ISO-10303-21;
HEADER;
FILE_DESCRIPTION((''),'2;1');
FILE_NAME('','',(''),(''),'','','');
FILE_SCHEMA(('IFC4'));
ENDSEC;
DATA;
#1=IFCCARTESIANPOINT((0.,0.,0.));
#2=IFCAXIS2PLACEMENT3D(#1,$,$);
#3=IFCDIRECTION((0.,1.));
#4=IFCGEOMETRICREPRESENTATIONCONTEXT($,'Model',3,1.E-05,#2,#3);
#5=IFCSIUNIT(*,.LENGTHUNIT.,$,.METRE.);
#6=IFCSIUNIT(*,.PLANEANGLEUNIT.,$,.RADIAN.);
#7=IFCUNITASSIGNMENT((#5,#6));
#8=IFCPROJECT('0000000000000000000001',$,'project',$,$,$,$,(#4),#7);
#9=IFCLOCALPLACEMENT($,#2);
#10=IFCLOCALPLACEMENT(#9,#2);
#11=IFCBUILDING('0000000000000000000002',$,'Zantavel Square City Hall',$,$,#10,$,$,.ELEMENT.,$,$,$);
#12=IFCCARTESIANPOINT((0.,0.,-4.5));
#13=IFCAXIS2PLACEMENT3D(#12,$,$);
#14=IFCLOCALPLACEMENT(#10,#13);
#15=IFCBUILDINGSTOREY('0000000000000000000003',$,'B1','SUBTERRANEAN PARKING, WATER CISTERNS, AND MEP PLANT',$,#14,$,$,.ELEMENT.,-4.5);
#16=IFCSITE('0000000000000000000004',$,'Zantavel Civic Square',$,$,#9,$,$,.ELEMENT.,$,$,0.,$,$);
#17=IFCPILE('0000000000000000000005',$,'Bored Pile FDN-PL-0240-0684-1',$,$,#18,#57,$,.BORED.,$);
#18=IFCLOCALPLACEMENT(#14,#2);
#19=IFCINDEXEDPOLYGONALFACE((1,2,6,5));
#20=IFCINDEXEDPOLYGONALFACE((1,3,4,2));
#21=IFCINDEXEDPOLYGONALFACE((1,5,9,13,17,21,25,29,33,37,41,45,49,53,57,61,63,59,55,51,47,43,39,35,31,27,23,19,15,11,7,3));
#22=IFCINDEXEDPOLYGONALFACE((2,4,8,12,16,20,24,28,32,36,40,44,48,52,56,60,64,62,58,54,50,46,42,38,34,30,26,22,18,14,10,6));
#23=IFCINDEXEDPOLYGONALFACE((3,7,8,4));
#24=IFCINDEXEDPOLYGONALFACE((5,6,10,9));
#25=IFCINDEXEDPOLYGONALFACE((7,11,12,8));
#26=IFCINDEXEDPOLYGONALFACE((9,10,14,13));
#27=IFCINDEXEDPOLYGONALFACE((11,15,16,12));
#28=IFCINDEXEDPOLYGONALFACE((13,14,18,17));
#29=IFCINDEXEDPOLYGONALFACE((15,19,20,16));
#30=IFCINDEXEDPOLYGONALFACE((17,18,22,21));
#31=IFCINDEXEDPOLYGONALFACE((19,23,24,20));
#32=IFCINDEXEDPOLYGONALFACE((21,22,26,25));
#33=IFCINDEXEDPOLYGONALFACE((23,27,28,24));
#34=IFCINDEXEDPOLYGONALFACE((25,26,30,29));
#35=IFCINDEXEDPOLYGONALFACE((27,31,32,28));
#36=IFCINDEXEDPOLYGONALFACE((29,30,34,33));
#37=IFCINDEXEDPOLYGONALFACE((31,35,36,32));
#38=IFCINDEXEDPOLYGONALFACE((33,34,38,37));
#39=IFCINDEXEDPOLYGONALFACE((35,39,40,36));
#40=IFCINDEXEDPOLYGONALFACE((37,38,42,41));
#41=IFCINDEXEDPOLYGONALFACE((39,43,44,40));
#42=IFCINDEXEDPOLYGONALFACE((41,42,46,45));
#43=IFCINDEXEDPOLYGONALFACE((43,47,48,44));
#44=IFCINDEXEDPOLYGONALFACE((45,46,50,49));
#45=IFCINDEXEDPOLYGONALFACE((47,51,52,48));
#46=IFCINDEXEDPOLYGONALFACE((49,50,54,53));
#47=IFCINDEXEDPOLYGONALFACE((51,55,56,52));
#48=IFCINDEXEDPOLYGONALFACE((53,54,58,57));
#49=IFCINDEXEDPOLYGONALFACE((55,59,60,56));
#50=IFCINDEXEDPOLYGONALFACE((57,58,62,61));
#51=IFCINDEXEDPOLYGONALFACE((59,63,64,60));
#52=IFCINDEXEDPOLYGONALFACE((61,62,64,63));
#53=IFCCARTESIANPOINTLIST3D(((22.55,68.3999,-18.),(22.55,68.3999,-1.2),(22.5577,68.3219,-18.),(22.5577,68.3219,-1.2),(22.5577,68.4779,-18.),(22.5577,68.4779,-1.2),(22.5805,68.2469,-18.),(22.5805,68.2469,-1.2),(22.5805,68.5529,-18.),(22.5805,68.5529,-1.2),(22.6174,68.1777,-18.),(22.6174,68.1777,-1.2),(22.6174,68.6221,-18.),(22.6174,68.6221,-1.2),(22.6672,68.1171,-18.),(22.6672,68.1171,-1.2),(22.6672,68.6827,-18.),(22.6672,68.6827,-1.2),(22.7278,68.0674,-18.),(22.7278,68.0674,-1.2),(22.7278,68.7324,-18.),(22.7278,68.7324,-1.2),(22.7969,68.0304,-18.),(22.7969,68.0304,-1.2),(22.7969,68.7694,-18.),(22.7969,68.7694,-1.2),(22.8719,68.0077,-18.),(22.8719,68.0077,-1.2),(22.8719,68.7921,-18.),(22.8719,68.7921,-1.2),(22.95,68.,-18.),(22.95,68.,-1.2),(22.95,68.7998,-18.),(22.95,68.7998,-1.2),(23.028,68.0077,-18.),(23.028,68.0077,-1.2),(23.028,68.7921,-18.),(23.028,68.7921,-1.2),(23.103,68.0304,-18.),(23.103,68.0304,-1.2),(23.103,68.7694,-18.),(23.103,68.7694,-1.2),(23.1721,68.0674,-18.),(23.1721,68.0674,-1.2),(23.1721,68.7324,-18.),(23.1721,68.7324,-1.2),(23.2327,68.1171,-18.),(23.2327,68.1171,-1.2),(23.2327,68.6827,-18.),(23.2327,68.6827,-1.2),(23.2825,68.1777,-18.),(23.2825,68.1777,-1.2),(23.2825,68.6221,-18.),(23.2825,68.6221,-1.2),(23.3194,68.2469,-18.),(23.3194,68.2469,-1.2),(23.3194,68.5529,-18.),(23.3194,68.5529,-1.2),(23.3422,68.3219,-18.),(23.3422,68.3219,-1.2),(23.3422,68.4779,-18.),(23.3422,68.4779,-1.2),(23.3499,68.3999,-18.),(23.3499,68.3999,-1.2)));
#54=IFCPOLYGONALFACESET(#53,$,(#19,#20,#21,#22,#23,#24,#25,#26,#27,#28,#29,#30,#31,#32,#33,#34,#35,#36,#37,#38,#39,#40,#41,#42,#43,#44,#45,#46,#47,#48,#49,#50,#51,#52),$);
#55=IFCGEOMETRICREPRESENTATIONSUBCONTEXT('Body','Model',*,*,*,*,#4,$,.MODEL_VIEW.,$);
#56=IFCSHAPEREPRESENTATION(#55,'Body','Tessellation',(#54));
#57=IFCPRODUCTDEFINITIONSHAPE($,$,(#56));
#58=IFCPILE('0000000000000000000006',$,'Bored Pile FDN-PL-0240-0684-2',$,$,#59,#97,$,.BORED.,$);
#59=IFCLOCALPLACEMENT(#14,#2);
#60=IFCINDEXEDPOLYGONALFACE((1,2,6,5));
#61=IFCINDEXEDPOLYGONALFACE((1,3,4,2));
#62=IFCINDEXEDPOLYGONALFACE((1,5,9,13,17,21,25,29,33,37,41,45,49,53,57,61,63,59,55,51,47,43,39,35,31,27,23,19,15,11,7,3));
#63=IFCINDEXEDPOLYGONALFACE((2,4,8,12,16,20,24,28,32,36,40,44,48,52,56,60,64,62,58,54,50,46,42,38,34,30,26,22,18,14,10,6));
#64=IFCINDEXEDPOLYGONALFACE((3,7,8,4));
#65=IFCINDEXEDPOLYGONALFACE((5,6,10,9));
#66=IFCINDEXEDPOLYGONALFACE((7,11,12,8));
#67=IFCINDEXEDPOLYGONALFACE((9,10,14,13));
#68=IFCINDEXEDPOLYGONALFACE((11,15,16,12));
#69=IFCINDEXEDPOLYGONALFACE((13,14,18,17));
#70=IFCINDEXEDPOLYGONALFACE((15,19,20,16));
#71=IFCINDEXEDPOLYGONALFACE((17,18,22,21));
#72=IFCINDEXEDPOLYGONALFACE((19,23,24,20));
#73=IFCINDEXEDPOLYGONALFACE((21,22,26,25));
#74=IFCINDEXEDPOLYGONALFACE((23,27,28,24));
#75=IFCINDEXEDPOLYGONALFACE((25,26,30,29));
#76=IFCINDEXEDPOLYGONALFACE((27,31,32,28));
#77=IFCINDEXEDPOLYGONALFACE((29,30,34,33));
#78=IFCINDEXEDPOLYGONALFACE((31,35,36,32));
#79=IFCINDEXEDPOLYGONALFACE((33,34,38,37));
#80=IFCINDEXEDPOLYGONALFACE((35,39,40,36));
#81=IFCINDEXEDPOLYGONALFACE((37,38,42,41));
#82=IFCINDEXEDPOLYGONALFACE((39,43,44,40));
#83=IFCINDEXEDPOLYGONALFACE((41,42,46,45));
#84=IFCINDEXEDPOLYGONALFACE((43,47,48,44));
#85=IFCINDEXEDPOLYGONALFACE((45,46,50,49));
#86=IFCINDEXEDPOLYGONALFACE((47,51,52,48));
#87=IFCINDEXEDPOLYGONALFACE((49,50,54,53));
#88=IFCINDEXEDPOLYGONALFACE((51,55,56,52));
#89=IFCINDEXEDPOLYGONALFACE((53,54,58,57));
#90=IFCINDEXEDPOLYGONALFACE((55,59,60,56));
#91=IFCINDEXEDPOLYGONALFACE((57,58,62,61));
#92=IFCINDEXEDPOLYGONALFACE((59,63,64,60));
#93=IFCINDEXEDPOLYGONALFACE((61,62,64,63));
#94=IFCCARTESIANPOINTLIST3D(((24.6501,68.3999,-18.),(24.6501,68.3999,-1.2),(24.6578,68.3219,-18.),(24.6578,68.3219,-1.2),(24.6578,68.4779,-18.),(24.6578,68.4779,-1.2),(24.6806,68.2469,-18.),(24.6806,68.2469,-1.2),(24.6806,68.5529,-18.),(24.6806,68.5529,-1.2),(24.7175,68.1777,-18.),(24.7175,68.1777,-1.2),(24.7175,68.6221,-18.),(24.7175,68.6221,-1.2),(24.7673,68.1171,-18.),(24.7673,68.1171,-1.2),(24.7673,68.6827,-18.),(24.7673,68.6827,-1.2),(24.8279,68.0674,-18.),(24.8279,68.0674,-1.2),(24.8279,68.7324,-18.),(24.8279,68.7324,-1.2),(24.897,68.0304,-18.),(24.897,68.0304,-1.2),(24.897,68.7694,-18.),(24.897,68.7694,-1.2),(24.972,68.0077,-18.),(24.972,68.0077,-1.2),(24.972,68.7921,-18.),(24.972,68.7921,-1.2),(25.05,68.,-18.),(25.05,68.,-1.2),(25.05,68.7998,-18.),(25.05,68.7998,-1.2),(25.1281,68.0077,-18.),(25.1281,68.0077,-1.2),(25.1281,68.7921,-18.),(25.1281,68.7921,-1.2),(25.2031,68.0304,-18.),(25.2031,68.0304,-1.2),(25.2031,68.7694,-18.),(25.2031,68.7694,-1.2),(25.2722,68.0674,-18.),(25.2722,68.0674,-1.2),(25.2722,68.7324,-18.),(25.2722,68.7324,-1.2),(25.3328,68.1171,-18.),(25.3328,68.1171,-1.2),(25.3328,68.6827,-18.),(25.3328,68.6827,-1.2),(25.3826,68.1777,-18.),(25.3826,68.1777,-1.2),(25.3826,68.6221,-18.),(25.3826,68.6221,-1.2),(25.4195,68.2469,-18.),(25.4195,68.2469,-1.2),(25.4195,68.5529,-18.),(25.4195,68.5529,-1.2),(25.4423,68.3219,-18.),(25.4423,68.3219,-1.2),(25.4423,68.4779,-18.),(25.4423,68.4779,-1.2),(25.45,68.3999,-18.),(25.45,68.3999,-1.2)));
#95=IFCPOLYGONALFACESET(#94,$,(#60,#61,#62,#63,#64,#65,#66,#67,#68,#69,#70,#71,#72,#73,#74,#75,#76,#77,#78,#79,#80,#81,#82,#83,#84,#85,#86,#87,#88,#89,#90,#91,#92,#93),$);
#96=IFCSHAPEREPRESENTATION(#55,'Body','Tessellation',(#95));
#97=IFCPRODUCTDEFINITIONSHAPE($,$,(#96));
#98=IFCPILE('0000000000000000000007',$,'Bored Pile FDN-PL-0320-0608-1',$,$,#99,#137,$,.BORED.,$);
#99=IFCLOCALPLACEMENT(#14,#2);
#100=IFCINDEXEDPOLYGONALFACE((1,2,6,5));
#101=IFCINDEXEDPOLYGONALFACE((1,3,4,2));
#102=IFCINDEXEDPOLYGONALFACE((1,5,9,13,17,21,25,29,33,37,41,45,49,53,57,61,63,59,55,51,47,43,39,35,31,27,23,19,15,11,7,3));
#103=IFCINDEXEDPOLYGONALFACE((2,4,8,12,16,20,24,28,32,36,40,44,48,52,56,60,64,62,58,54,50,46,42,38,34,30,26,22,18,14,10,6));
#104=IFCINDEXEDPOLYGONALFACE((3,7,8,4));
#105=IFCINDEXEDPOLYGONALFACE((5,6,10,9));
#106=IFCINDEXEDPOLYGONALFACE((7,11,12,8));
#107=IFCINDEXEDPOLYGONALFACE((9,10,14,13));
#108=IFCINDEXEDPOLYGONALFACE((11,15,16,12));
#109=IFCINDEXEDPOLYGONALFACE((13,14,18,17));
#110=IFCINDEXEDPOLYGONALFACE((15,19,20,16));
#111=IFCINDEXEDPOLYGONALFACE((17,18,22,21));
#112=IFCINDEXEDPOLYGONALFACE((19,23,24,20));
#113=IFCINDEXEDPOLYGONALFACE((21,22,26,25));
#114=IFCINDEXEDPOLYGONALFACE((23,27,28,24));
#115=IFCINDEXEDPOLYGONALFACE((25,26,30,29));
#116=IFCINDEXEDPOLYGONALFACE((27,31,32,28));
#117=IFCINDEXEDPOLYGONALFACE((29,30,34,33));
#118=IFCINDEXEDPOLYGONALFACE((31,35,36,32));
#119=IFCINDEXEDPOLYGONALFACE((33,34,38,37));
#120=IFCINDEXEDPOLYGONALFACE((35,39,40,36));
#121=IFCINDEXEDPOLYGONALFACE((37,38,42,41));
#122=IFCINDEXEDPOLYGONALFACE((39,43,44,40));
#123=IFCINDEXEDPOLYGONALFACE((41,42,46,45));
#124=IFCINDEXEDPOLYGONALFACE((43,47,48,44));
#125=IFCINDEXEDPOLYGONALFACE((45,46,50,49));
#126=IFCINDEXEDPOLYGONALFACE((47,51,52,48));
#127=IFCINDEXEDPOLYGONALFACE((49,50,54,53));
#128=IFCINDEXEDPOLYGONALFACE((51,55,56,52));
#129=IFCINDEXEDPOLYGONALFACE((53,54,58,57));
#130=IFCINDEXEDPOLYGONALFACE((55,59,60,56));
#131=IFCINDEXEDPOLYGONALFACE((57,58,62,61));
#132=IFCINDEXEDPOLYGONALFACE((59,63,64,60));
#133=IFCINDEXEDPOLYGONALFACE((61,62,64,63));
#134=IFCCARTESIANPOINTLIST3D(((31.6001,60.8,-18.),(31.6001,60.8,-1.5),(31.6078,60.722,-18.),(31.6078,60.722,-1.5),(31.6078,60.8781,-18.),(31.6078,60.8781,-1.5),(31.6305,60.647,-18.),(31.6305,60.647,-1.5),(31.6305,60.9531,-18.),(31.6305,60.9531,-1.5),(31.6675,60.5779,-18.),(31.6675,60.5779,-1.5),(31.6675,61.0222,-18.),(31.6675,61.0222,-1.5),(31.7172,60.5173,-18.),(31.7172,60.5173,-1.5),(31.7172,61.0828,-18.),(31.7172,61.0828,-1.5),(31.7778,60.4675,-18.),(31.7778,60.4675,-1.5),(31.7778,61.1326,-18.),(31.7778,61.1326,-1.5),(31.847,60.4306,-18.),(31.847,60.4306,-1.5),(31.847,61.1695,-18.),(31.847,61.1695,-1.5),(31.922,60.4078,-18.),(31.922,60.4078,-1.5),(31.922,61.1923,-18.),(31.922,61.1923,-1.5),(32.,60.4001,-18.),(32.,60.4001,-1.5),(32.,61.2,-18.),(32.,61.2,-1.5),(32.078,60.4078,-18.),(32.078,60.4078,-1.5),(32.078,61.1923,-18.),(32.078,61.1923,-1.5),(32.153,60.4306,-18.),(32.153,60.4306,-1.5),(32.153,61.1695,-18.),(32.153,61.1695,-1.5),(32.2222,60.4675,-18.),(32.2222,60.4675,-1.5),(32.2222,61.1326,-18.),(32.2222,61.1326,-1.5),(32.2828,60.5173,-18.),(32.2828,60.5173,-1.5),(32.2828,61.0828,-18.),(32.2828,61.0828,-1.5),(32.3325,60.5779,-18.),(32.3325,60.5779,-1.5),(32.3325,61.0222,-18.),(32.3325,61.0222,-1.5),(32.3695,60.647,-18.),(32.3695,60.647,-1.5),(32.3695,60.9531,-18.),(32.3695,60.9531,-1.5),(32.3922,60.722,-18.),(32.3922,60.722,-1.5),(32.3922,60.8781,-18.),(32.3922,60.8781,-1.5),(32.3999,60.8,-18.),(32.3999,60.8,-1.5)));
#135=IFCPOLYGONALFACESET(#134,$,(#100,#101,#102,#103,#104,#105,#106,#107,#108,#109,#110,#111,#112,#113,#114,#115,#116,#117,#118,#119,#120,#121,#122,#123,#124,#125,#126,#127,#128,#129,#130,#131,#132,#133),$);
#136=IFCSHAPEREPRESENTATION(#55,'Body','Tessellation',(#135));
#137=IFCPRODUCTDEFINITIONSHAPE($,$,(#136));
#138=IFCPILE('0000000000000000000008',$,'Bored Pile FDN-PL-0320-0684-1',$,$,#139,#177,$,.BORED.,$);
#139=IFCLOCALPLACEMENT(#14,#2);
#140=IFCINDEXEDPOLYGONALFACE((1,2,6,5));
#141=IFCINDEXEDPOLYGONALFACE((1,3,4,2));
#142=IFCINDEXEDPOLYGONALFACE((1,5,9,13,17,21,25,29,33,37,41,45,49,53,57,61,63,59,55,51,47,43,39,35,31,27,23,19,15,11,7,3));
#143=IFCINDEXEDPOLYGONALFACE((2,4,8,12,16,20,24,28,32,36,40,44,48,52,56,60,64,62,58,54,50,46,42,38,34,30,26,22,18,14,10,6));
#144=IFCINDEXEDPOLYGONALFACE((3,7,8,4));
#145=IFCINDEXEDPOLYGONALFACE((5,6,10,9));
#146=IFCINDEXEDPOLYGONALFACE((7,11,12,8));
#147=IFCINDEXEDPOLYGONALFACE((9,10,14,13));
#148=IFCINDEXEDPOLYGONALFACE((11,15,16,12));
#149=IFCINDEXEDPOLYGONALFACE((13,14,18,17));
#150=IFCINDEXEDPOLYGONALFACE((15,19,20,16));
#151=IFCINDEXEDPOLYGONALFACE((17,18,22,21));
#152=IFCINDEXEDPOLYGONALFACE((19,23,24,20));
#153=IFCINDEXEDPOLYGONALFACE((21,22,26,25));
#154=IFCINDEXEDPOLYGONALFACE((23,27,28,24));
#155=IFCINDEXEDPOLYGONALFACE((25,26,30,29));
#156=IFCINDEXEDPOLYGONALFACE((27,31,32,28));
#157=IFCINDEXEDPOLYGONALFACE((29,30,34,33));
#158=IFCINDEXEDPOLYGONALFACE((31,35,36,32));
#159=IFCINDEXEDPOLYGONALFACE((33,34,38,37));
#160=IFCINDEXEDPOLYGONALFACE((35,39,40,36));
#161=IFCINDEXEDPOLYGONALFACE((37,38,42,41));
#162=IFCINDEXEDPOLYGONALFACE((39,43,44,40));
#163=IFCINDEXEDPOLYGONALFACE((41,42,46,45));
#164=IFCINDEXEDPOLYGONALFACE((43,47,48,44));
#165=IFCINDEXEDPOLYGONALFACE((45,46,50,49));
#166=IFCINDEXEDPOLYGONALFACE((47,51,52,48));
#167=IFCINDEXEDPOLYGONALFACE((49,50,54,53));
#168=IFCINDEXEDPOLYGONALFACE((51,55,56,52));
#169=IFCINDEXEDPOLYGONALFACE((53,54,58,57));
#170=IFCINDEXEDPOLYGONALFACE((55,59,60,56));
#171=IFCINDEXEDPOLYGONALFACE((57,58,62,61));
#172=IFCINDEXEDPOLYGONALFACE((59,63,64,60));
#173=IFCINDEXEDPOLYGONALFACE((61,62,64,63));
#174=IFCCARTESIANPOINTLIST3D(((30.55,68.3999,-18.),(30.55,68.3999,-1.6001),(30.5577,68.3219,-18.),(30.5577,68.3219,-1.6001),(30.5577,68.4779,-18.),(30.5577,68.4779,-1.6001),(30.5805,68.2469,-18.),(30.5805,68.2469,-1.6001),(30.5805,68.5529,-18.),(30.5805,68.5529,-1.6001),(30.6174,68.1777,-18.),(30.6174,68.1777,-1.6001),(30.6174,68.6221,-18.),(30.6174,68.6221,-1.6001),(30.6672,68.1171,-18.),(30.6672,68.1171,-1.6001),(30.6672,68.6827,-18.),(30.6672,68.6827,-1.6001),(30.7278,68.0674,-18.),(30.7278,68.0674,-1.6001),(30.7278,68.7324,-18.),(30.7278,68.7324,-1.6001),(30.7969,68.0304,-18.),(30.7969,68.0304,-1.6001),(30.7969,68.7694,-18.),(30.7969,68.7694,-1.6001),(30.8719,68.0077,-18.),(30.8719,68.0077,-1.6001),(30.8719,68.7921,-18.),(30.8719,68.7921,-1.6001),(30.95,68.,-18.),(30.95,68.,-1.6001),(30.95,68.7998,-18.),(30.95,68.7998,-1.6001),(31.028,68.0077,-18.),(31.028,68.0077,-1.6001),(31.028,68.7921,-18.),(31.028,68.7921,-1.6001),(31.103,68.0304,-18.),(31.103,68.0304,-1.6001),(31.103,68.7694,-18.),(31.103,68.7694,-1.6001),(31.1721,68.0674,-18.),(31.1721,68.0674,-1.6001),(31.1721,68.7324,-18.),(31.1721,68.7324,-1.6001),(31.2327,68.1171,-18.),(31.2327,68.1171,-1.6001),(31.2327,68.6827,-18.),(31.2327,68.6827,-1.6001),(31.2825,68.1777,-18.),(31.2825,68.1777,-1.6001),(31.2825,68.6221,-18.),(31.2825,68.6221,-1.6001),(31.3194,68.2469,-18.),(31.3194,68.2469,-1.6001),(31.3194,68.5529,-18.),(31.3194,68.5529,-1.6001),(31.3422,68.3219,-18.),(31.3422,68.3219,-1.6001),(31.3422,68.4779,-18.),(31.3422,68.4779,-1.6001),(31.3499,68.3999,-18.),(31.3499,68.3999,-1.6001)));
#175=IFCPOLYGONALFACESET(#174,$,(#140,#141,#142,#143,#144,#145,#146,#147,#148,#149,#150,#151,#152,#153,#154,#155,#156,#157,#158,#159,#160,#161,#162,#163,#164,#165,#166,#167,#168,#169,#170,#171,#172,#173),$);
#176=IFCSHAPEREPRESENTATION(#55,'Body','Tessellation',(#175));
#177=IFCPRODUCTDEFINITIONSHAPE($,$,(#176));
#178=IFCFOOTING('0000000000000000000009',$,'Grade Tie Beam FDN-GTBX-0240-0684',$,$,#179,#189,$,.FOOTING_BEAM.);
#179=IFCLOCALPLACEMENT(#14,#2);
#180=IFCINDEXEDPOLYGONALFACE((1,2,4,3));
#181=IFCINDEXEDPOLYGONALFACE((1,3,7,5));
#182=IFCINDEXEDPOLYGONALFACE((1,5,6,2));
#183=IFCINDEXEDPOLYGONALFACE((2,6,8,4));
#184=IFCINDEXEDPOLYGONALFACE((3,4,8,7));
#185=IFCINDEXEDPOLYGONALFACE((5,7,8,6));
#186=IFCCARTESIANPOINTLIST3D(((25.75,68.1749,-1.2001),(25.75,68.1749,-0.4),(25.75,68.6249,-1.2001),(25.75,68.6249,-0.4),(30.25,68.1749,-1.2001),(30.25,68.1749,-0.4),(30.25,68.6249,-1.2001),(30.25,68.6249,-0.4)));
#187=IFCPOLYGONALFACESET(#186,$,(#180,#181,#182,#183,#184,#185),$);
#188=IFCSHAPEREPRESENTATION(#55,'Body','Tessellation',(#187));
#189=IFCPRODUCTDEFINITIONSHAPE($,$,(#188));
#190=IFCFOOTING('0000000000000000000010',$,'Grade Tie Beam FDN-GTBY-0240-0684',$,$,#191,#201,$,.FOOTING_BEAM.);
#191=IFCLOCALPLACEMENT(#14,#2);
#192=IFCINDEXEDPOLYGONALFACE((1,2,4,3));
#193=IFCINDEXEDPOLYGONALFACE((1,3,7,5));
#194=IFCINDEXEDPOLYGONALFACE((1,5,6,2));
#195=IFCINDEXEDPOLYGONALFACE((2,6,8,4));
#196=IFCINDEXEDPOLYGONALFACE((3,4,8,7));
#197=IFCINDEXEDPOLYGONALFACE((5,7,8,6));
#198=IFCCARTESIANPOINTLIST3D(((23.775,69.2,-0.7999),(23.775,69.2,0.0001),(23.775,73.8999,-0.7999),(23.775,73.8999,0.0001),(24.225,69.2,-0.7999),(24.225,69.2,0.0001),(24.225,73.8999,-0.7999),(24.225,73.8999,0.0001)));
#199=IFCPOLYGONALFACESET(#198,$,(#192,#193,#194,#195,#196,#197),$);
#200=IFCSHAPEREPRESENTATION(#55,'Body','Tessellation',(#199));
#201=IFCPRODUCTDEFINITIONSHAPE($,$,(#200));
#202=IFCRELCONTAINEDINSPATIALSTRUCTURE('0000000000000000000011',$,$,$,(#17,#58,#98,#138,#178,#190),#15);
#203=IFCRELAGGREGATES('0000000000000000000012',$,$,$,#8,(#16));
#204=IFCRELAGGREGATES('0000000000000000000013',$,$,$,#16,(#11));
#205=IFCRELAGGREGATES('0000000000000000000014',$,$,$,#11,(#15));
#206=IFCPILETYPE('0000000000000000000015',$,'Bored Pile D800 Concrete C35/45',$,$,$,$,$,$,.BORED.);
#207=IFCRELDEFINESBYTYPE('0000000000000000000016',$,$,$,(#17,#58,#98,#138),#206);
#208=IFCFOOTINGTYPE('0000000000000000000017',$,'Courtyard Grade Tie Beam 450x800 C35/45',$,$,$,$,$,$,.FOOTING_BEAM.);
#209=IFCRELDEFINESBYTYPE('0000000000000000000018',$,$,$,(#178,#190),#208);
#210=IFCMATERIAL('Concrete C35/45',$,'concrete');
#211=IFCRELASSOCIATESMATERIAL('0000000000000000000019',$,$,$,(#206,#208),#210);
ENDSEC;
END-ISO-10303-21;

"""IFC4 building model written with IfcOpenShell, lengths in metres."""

from ifc_helpers import new_model, si_unit, direction, frame, origin, origin_2d, place, context, subcontext, project, spatial, rectangle, circle, extrude, material, material_profile, profile_set, type_object, element, save


model = new_model("IFC4")

# Units and contexts
model_context = context("Model", 3, precision=1e-05, world=origin(), true_north=direction((0.0, 1.0)))
body_context = subcontext(model_context, "Body", "Model", "MODEL_VIEW")
ifc_project = project(units=[si_unit("LENGTHUNIT", "METRE"), si_unit("PLANEANGLEUNIT", "RADIAN")], contexts=[model_context])

# Site, building, storey
site_placement = place(None, origin())
site = spatial("IfcSite", under=ifc_project, at=site_placement, Name="Zantavel Civic Square", CompositionType="ELEMENT", RefElevation=0.0)
building_placement = place(site_placement, origin())
building = spatial("IfcBuilding", under=site, at=building_placement, Name="Zantavel Square City Hall", CompositionType="ELEMENT")
storey_placement = place(building_placement, frame((0.0, 0.0, -4.5)))
storey = spatial("IfcBuildingStorey", under=building, at=storey_placement, Name="B1", Description="SUBTERRANEAN PARKING, WATER CISTERNS, AND MEP PLANT", CompositionType="ELEMENT", Elevation=-4.5)

# Piles
ifc_material_1 = material(Name="Concrete C35/45", Category="concrete")
ifc_material_profile_1 = material_profile(ifc_material_1, circle(Radius=0.3999, at=origin_2d()), Name="PILE D800")
ifc_profile_set_1 = profile_set([ifc_material_profile_1], Name="Concrete C35/45")
pile_type = type_object("IfcPileType", Name="Bored Pile D800 Concrete C35/45", PredefinedType="BORED", material=ifc_profile_set_1)
for number, where, z_axis, x_axis, name in (
    (1, (22.95, 68.3999, -1.2), (0.0, 0.0, -1.0), (1.0, 0.0, 0.0), "Bored Pile FDN-PL-0240-0684-1"),
    (2, (25.05, 68.3999, -1.2), (0.0, 0.0, -1.0), (1.0, 0.0, 0.0), "Bored Pile FDN-PL-0240-0684-2"),
):
    element("IfcPile", number, at=place(storey_placement, frame(where, z_axis=z_axis, x_axis=x_axis)), inside=storey, type_object=pile_type, Name=name, PredefinedType="BORED", context=body_context, shape_type="SweptSolid", body=[
        extrude(circle(Radius=0.3999, at=origin_2d()), origin(), (0.0, 0.0, 1.0), 16.8),
    ])
pile_1_placement = place(storey_placement, frame((32.0, 60.8, -1.5), z_axis=(0.0, 0.0, -1.0), x_axis=(1.0, 0.0, 0.0)))
element("IfcPile", 3, at=pile_1_placement, inside=storey, type_object=pile_type, Name="Bored Pile FDN-PL-0320-0608-1", PredefinedType="BORED", context=body_context, shape_type="SweptSolid", body=[
    extrude(circle(Radius=0.3999, at=origin_2d()), origin(), (0.0, 0.0, 1.0), 16.5),
])
pile_2_placement = place(storey_placement, frame((30.95, 68.3999, -1.6001), z_axis=(0.0, 0.0, -1.0), x_axis=(1.0, 0.0, 0.0)))
element("IfcPile", 4, at=pile_2_placement, inside=storey, type_object=pile_type, Name="Bored Pile FDN-PL-0320-0684-1", PredefinedType="BORED", context=body_context, shape_type="SweptSolid", body=[
    extrude(circle(Radius=0.3999, at=origin_2d()), origin(), (0.0, 0.0, 1.0), 16.3999),
])

# Footings
ifc_material_profile_2 = material_profile(ifc_material_1, rectangle(XDim=0.45, YDim=0.8, at=origin_2d()), Name="RC 450x800")
ifc_profile_set_2 = profile_set([ifc_material_profile_2], Name="Concrete C35/45")
footing_type_1 = type_object("IfcFootingType", Name="Courtyard Grade Tie Beam 450x800 C35/45", PredefinedType="FOOTING_BEAM", material=ifc_profile_set_2)
footing_1_placement = place(storey_placement, frame((25.75, 68.3999, -0.8), z_axis=(1.0, 0.0, 0.0), x_axis=(0.0, 1.0, 0.0)))
element("IfcFooting", 5, at=footing_1_placement, inside=storey, type_object=footing_type_1, Name="Grade Tie Beam FDN-GTBX-0240-0684", PredefinedType="FOOTING_BEAM", context=body_context, shape_type="SweptSolid", body=[
    extrude(rectangle(XDim=0.45, YDim=0.8, at=origin_2d()), origin(), (0.0, 0.0, 1.0), 4.5),
])
footing_2_placement = place(storey_placement, frame((24.0, 69.2, -0.3999), z_axis=(0.0, 1.0, 0.0), x_axis=(-1.0, 0.0, 0.0)))
element("IfcFooting", 6, at=footing_2_placement, inside=storey, type_object=footing_type_1, Name="Grade Tie Beam FDN-GTBY-0240-0684", PredefinedType="FOOTING_BEAM", context=body_context, shape_type="SweptSolid", body=[
    extrude(rectangle(XDim=0.45, YDim=0.8, at=origin_2d()), origin(), (0.0, 0.0, 1.0), 4.7),
])

save(model, "model.ifc")
